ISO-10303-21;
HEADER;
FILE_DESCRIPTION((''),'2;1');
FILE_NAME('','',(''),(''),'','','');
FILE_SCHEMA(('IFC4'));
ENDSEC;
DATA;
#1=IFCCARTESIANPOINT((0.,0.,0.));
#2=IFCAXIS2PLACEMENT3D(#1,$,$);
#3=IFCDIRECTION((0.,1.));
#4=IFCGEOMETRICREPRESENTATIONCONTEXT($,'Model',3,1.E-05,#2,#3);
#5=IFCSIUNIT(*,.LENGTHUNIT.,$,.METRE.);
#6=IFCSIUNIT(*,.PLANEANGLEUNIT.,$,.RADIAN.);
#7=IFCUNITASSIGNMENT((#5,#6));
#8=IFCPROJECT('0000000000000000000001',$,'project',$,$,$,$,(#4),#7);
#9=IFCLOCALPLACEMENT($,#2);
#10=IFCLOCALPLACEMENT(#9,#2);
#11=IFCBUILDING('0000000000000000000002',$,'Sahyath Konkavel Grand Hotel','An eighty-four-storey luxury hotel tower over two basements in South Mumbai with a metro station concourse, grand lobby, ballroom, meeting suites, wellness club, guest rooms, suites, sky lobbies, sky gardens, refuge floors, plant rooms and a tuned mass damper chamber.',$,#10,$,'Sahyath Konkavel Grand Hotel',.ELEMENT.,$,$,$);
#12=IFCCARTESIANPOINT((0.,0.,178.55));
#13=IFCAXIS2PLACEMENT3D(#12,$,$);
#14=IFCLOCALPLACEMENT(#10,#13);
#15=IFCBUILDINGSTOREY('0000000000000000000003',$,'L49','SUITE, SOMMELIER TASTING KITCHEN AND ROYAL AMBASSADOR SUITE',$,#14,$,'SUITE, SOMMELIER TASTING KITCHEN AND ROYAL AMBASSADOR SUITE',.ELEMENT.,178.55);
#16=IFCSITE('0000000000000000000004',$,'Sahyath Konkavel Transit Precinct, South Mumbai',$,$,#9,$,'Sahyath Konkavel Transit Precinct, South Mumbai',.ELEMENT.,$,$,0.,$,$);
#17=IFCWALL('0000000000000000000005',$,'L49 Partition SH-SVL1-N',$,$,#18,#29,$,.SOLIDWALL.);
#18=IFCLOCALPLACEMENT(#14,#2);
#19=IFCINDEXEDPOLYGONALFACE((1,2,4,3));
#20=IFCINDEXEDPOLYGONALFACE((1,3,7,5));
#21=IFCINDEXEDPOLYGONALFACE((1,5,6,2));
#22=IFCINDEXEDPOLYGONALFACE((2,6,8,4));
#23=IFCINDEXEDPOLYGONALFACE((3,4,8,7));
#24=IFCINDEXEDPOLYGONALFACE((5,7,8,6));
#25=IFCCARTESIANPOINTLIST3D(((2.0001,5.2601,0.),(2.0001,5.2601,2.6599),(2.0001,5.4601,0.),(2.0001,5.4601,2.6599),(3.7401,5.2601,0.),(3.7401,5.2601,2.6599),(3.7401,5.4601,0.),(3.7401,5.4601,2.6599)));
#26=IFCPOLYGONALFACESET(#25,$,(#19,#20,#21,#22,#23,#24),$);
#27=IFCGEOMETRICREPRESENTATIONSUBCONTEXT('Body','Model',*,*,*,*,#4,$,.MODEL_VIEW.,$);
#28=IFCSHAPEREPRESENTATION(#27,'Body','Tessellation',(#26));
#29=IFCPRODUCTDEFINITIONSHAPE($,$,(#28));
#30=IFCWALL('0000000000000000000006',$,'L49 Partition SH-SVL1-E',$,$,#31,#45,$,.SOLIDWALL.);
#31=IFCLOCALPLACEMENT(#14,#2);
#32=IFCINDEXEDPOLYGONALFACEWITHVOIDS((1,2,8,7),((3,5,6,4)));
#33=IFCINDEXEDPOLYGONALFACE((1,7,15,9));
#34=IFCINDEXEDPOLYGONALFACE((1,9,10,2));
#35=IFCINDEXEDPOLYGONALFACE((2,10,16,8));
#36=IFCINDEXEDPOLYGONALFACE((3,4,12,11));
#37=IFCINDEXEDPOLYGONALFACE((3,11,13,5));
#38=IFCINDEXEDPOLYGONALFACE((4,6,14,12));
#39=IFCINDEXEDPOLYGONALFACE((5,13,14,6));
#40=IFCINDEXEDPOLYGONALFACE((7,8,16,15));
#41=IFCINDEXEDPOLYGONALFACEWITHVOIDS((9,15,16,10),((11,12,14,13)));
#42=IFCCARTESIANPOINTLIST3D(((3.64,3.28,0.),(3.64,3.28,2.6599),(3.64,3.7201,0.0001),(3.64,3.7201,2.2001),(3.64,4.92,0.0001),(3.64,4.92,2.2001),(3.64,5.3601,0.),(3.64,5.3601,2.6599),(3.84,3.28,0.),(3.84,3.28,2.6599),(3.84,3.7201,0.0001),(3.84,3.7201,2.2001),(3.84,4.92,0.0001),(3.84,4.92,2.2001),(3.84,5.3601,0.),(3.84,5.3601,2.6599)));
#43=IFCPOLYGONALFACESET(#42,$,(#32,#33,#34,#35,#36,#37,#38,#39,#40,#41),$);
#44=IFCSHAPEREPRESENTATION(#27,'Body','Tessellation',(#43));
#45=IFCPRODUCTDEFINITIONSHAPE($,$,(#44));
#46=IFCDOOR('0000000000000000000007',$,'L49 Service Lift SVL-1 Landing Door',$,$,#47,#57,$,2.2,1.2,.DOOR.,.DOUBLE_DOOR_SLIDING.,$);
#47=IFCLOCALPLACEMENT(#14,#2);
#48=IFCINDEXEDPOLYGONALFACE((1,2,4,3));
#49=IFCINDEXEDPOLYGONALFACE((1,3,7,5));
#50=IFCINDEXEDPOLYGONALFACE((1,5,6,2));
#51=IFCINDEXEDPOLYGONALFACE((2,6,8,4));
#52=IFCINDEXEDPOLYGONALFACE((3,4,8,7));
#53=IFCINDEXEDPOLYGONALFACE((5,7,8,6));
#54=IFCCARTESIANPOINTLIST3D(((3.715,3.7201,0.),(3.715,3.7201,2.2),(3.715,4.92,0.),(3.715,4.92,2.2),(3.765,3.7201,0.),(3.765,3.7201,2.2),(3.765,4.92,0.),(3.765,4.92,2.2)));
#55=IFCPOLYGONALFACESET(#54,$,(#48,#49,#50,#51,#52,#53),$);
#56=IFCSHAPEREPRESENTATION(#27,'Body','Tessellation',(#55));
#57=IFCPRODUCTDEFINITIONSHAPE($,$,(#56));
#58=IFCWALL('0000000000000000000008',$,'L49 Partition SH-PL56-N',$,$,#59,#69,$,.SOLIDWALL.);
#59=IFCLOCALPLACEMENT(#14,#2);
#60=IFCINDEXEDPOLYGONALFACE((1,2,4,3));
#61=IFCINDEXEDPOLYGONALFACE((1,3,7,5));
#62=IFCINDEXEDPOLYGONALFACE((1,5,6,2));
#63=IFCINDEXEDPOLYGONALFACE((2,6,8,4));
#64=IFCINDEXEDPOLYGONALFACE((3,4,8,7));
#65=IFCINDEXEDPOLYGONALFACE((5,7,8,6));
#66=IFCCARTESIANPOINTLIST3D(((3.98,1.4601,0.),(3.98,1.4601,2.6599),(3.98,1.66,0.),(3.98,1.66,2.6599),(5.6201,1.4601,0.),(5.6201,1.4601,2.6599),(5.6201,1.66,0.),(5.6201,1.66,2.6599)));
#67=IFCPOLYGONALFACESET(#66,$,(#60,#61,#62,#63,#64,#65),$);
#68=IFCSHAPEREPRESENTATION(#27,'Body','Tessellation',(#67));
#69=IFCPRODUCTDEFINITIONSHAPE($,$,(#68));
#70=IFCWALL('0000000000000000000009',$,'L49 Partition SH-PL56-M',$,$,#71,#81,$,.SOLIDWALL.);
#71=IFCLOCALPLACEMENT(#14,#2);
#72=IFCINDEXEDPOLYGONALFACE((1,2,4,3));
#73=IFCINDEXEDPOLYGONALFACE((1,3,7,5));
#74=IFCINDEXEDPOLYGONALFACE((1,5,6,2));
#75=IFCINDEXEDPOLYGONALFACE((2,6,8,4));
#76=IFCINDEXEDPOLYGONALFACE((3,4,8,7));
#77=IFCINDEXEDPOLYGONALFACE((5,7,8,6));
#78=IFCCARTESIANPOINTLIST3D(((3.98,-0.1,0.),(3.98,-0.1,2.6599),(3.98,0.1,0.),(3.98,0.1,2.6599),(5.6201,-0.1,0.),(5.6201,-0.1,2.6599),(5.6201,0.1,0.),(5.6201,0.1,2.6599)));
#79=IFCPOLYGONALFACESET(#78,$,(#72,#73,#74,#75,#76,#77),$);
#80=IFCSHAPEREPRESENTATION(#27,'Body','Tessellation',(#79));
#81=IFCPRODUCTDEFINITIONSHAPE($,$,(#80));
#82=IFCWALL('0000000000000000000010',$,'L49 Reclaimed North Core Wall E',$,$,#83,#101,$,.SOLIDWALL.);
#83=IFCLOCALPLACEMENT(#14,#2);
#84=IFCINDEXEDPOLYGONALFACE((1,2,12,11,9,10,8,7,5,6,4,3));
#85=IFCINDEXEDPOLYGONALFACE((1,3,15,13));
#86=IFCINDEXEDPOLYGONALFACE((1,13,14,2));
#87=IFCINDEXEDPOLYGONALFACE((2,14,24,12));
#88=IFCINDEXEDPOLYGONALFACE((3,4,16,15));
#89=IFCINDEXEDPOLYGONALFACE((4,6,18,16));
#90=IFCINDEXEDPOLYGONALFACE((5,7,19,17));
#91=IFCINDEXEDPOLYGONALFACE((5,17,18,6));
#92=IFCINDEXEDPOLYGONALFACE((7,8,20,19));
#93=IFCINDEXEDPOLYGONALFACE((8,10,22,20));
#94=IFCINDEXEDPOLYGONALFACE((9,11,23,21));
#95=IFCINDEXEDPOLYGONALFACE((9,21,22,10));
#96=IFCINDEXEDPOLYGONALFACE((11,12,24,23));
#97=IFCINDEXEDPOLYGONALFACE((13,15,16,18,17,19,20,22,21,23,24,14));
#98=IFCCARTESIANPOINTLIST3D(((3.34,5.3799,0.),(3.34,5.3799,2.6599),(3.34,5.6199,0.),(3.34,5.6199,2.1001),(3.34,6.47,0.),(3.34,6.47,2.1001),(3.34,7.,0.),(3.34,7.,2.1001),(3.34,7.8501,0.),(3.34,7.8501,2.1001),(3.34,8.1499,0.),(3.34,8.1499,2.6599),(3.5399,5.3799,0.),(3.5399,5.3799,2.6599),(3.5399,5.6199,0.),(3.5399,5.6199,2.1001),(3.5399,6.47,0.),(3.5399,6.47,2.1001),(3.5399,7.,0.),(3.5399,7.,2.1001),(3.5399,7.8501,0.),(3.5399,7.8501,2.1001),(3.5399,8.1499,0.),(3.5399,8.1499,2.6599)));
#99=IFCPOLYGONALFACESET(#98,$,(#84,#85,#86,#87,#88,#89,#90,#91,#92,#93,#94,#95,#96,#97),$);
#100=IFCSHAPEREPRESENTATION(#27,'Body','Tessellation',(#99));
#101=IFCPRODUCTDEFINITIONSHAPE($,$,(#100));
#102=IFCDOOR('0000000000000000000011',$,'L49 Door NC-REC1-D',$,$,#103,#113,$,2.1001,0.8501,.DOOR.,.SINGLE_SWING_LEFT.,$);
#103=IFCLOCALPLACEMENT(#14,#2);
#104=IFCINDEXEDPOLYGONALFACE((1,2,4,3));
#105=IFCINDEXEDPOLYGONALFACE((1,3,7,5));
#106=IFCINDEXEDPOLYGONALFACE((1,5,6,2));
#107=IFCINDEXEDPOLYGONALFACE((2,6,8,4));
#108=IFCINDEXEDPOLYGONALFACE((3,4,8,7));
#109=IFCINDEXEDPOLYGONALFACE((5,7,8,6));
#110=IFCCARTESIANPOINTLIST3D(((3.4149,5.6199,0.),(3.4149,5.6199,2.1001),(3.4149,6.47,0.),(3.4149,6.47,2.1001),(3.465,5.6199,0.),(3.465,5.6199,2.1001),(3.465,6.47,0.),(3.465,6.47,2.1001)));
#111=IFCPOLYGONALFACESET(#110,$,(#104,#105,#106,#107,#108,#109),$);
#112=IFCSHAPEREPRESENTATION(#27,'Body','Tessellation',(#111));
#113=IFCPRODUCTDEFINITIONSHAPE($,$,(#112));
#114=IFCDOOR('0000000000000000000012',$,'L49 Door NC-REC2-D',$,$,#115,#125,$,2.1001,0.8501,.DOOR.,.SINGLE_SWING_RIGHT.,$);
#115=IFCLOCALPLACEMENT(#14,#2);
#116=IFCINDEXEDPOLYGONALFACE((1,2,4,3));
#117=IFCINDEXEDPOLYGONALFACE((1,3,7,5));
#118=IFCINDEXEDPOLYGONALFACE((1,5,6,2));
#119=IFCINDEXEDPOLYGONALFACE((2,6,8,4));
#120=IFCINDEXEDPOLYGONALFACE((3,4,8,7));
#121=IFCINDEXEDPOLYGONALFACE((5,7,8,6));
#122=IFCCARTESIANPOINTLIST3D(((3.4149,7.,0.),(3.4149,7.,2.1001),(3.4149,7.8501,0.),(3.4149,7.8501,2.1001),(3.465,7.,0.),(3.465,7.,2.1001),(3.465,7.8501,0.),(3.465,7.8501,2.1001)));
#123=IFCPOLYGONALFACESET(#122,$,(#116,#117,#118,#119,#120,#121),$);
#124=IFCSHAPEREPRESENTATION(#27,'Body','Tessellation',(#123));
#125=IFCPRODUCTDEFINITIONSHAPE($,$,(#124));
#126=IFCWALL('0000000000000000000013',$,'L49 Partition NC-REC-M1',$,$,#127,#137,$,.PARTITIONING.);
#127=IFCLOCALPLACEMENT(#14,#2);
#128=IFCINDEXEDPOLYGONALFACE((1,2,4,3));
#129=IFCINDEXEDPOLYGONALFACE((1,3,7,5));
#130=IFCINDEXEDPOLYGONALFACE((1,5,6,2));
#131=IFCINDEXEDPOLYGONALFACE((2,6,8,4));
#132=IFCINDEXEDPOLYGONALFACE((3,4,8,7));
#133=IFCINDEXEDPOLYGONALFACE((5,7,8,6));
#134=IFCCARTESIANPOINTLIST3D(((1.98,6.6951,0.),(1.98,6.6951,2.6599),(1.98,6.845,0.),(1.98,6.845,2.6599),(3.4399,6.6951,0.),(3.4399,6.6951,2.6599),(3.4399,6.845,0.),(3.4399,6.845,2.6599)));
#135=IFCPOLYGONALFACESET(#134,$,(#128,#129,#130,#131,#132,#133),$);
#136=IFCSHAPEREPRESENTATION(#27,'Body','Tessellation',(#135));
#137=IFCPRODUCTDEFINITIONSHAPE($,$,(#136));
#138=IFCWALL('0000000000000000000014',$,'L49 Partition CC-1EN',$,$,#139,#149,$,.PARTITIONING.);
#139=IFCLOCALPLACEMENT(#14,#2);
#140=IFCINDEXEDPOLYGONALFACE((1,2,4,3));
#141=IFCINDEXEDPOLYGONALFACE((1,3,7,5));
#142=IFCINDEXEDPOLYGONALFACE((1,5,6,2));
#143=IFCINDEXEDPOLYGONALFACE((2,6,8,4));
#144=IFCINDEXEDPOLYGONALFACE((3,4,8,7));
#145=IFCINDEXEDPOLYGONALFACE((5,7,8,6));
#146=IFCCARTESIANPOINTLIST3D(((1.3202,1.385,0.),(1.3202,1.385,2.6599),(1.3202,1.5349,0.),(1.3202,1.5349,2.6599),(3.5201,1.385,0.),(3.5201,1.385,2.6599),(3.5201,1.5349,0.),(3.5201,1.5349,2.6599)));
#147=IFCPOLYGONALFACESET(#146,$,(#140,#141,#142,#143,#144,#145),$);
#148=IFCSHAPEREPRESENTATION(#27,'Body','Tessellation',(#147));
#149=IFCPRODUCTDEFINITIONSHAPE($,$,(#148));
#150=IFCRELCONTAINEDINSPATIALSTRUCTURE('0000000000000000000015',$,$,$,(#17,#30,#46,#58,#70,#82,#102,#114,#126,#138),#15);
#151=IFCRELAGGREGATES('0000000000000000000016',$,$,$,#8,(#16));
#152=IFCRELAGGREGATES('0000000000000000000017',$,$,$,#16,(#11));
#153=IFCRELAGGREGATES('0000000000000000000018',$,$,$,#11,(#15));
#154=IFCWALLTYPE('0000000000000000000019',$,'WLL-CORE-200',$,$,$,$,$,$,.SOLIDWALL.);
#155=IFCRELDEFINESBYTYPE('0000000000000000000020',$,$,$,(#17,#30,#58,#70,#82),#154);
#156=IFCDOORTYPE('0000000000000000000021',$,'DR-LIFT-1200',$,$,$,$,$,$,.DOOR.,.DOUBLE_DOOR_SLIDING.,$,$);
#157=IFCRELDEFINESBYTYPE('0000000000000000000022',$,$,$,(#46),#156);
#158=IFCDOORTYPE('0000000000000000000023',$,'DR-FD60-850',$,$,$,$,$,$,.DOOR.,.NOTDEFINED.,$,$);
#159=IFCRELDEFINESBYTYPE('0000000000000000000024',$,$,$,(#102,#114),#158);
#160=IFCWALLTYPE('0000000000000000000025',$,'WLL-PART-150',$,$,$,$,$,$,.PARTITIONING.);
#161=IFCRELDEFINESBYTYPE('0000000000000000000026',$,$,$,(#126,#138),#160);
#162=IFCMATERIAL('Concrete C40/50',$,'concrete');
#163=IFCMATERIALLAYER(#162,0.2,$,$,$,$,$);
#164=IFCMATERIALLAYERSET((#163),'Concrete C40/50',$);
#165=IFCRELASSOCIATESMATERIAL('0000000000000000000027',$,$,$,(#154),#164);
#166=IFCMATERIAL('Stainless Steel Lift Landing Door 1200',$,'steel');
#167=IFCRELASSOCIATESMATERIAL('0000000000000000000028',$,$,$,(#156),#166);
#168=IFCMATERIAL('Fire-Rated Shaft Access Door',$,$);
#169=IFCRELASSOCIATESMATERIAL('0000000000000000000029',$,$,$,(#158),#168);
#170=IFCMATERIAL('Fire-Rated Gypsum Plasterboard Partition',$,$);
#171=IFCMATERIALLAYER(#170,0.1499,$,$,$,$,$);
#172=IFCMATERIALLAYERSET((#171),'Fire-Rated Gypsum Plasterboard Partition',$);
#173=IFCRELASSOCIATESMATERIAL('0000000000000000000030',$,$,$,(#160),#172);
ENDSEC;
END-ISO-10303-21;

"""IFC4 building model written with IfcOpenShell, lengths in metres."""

from ifc_helpers import new_model, si_unit, direction, frame, frame_2d, origin, origin_2d, place, context, subcontext, project, spatial, rectangle, extrude, source, transform, mapped, material, layer, layer_set, type_object, element, fill, save


model = new_model("IFC4")

# Units and contexts
model_context = context("Model", 3, precision=1e-05, world=origin(), true_north=direction((0.0, 1.0)))
body_context = subcontext(model_context, "Body", "Model", "MODEL_VIEW")
ifc_project = project(units=[si_unit("LENGTHUNIT", "METRE"), si_unit("PLANEANGLEUNIT", "RADIAN")], contexts=[model_context])

# Site, building, storey
site_placement = place(None, origin())
site = spatial("IfcSite", under=ifc_project, at=site_placement, Name="Sahyath Konkavel Transit Precinct, South Mumbai", LongName="Sahyath Konkavel Transit Precinct, South Mumbai", CompositionType="ELEMENT", RefElevation=0.0)
building_placement = place(site_placement, origin())
building = spatial("IfcBuilding", under=site, at=building_placement, Name="Sahyath Konkavel Grand Hotel", Description="An eighty-four-storey luxury hotel tower over two basements in South Mumbai with a metro station concourse, grand lobby, ballroom, meeting suites, wellness club, guest rooms, suites, sky lobbies, sky gardens, refuge floors, plant rooms and a tuned mass damper chamber.", LongName="Sahyath Konkavel Grand Hotel", CompositionType="ELEMENT")
storey_placement = place(building_placement, frame((0.0, 0.0, 178.55)))
storey = spatial("IfcBuildingStorey", under=building, at=storey_placement, Name="L49", Description="SUITE, SOMMELIER TASTING KITCHEN AND ROYAL AMBASSADOR SUITE", LongName="SUITE, SOMMELIER TASTING KITCHEN AND ROYAL AMBASSADOR SUITE", CompositionType="ELEMENT", Elevation=178.55)

# Shared definitions
ifc_material_1 = material(Name="Concrete C40/50", Category="concrete")

# Shared definitions
ifc_layer_1 = layer(ifc_material_1, 0.2)
ifc_layer_set_1 = layer_set([ifc_layer_1], Name="Concrete C40/50")
wall_type_1 = type_object("IfcWallType", Name="WLL-CORE-200", PredefinedType="SOLIDWALL", material=ifc_layer_set_1)
shared_shape_1 = source(origin(), body_context, "Body", "SweptSolid", [
    extrude(rectangle(XDim=0.8501, YDim=0.05, at=origin_2d()), origin(), (0.0, 0.0, 1.0), 2.1001),
])

# Wall
wall_1_placement = place(storey_placement, frame((2.0, 5.3601, 0.0), z_axis=(0.0, 0.0, 1.0), x_axis=(1.0, 0.0, 0.0)))
element("IfcWall", 1, at=wall_1_placement, inside=storey, type_object=wall_type_1, Name="L49 Partition SH-SVL1-N", PredefinedType="SOLIDWALL", context=body_context, shape_type="SweptSolid", body=[
    extrude(rectangle(XDim=1.74, YDim=0.2, at=frame_2d((0.8701, 0.0))), origin(), (0.0, 0.0, 1.0), 2.6599),
])

# Wall, opening, door
wall_2_placement = place(storey_placement, frame((3.74, 3.28, 0.0), z_axis=(0.0, 0.0, 1.0), x_axis=(0.0, 1.0, 0.0)))
wall_2 = element("IfcWall", 2, at=wall_2_placement, inside=storey, type_object=wall_type_1, Name="L49 Partition SH-SVL1-E", PredefinedType="SOLIDWALL", context=body_context, shape_type="SweptSolid", body=[
    extrude(rectangle(XDim=2.0801, YDim=0.2, at=frame_2d((1.04, 0.0))), origin(), (0.0, 0.0, 1.0), 2.6599),
])
opening_1_placement = place(wall_2_placement, frame((0.4399, 0.0, 0.0)))
opening_1 = element("IfcOpeningElement", 3, at=opening_1_placement, cuts=wall_2, PredefinedType="OPENING", context=body_context, shape_type="SweptSolid", body=[
    extrude(rectangle(XDim=1.2, YDim=2.2, at=frame_2d((0.6001, 1.1001))), frame((0.0, 0.1099, 0.0), z_axis=(0.0, -1.0, 0.0), x_axis=(1.0, 0.0, 0.0)), (0.0, 0.0, 1.0), 0.22),
])
ifc_material_2 = material(Name="Stainless Steel Lift Landing Door 1200", Category="steel")
door_type_1 = type_object("IfcDoorType", Name="DR-LIFT-1200", OperationType="DOUBLE_DOOR_SLIDING", PredefinedType="DOOR", material=ifc_material_2)
shared_shape_2 = source(origin(), body_context, "Body", "SweptSolid", [
    extrude(rectangle(XDim=1.2, YDim=0.05, at=origin_2d()), origin(), (0.0, 0.0, 1.0), 2.2),
])
door_1_placement = place(opening_1_placement, frame((0.6001, 0.0, 0.0)))
door_1 = element("IfcDoor", 4, at=door_1_placement, inside=storey, type_object=door_type_1, Name="L49 Service Lift SVL-1 Landing Door", OperationType="DOUBLE_DOOR_SLIDING", OverallHeight=2.2, OverallWidth=1.2, PredefinedType="DOOR", context=body_context, shape_type="MappedRepresentation", body=[
    mapped(shared_shape_2, transform((0.0, 0.0, 0.0), scale=1.0)),
])
fill(opening_1, door_1)

# Walls
for number, where, z_axis, x_axis, name in (
    (5, (3.98, 1.5601, 0.0), (0.0, 0.0, 1.0), (1.0, 0.0, 0.0), "L49 Partition SH-PL56-N"),
    (6, (3.98, 0.0, 0.0), (0.0, 0.0, 1.0), (1.0, 0.0, 0.0), "L49 Partition SH-PL56-M"),
):
    element("IfcWall", number, at=place(storey_placement, frame(where, z_axis=z_axis, x_axis=x_axis)), inside=storey, type_object=wall_type_1, Name=name, PredefinedType="SOLIDWALL", context=body_context, shape_type="SweptSolid", body=[
        extrude(rectangle(XDim=1.6401, YDim=0.2, at=frame_2d((0.8201, 0.0))), origin(), (0.0, 0.0, 1.0), 2.6599),
    ])

# Wall, openings, doors
wall_3_placement = place(storey_placement, frame((3.4399, 5.3799, 0.0), z_axis=(0.0, 0.0, 1.0), x_axis=(0.0, 1.0, 0.0)))
wall_3 = element("IfcWall", 7, at=wall_3_placement, inside=storey, type_object=wall_type_1, Name="L49 Reclaimed North Core Wall E", PredefinedType="SOLIDWALL", context=body_context, shape_type="SweptSolid", body=[
    extrude(rectangle(XDim=2.77, YDim=0.2, at=frame_2d((1.385, 0.0))), origin(), (0.0, 0.0, 1.0), 2.6599),
])
opening_2_placement = place(wall_3_placement, frame((0.24, 0.0, 0.0)))
opening_2 = element("IfcOpeningElement", 8, at=opening_2_placement, cuts=wall_3, PredefinedType="OPENING", context=body_context, shape_type="SweptSolid", body=[
    extrude(rectangle(XDim=0.8501, YDim=2.1001, at=frame_2d((0.425, 1.05))), frame((0.0, 0.1099, 0.0), z_axis=(0.0, -1.0, 0.0), x_axis=(1.0, 0.0, 0.0)), (0.0, 0.0, 1.0), 0.22),
])
opening_3_placement = place(wall_3_placement, frame((1.6201, 0.0, 0.0)))
opening_3 = element("IfcOpeningElement", 9, at=opening_3_placement, cuts=wall_3, PredefinedType="OPENING", context=body_context, shape_type="SweptSolid", body=[
    extrude(rectangle(XDim=0.8501, YDim=2.1001, at=frame_2d((0.425, 1.05))), frame((0.0, 0.1099, 0.0), z_axis=(0.0, -1.0, 0.0), x_axis=(1.0, 0.0, 0.0)), (0.0, 0.0, 1.0), 0.22),
])
ifc_material_3 = material(Name="Fire-Rated Shaft Access Door")
door_type_2 = type_object("IfcDoorType", Name="DR-FD60-850", OperationType="NOTDEFINED", PredefinedType="DOOR", material=ifc_material_3)
door_2_placement = place(opening_2_placement, frame((0.425, 0.0, 0.0)))
door_2 = element("IfcDoor", 10, at=door_2_placement, inside=storey, type_object=door_type_2, Name="L49 Door NC-REC1-D", OperationType="SINGLE_SWING_LEFT", OverallHeight=2.1001, OverallWidth=0.8501, PredefinedType="DOOR", context=body_context, shape_type="MappedRepresentation", body=[
    mapped(shared_shape_1, transform((0.0, 0.0, 0.0), scale=1.0)),
])
fill(opening_2, door_2)
door_3_placement = place(opening_3_placement, frame((0.425, 0.0, 0.0)))
door_3 = element("IfcDoor", 11, at=door_3_placement, inside=storey, type_object=door_type_2, Name="L49 Door NC-REC2-D", OperationType="SINGLE_SWING_RIGHT", OverallHeight=2.1001, OverallWidth=0.8501, PredefinedType="DOOR", context=body_context, shape_type="MappedRepresentation", body=[
    mapped(shared_shape_1, transform((0.0, 0.0, 0.0), scale=1.0)),
])
fill(opening_3, door_3)

# Walls
ifc_material_4 = material(Name="Fire-Rated Gypsum Plasterboard Partition")
ifc_layer_2 = layer(ifc_material_4, 0.1499)
ifc_layer_set_2 = layer_set([ifc_layer_2], Name="Fire-Rated Gypsum Plasterboard Partition")
wall_type_2 = type_object("IfcWallType", Name="WLL-PART-150", PredefinedType="PARTITIONING", material=ifc_layer_set_2)
wall_4_placement = place(storey_placement, frame((1.98, 6.77, 0.0), z_axis=(0.0, 0.0, 1.0), x_axis=(1.0, 0.0, 0.0)))
element("IfcWall", 12, at=wall_4_placement, inside=storey, type_object=wall_type_2, Name="L49 Partition NC-REC-M1", PredefinedType="PARTITIONING", context=body_context, shape_type="SweptSolid", body=[
    extrude(rectangle(XDim=1.46, YDim=0.1499, at=frame_2d((0.73, 0.0))), origin(), (0.0, 0.0, 1.0), 2.6599),
])
wall_5_placement = place(storey_placement, frame((1.3201, 1.46, 0.0), z_axis=(0.0, 0.0, 1.0), x_axis=(1.0, 0.0, 0.0)))
element("IfcWall", 13, at=wall_5_placement, inside=storey, type_object=wall_type_2, Name="L49 Partition CC-1EN", PredefinedType="PARTITIONING", context=body_context, shape_type="SweptSolid", body=[
    extrude(rectangle(XDim=2.2, YDim=0.1499, at=frame_2d((1.1001, 0.0))), origin(), (0.0, 0.0, 1.0), 2.6599),
])

save(model, "model.ifc")
